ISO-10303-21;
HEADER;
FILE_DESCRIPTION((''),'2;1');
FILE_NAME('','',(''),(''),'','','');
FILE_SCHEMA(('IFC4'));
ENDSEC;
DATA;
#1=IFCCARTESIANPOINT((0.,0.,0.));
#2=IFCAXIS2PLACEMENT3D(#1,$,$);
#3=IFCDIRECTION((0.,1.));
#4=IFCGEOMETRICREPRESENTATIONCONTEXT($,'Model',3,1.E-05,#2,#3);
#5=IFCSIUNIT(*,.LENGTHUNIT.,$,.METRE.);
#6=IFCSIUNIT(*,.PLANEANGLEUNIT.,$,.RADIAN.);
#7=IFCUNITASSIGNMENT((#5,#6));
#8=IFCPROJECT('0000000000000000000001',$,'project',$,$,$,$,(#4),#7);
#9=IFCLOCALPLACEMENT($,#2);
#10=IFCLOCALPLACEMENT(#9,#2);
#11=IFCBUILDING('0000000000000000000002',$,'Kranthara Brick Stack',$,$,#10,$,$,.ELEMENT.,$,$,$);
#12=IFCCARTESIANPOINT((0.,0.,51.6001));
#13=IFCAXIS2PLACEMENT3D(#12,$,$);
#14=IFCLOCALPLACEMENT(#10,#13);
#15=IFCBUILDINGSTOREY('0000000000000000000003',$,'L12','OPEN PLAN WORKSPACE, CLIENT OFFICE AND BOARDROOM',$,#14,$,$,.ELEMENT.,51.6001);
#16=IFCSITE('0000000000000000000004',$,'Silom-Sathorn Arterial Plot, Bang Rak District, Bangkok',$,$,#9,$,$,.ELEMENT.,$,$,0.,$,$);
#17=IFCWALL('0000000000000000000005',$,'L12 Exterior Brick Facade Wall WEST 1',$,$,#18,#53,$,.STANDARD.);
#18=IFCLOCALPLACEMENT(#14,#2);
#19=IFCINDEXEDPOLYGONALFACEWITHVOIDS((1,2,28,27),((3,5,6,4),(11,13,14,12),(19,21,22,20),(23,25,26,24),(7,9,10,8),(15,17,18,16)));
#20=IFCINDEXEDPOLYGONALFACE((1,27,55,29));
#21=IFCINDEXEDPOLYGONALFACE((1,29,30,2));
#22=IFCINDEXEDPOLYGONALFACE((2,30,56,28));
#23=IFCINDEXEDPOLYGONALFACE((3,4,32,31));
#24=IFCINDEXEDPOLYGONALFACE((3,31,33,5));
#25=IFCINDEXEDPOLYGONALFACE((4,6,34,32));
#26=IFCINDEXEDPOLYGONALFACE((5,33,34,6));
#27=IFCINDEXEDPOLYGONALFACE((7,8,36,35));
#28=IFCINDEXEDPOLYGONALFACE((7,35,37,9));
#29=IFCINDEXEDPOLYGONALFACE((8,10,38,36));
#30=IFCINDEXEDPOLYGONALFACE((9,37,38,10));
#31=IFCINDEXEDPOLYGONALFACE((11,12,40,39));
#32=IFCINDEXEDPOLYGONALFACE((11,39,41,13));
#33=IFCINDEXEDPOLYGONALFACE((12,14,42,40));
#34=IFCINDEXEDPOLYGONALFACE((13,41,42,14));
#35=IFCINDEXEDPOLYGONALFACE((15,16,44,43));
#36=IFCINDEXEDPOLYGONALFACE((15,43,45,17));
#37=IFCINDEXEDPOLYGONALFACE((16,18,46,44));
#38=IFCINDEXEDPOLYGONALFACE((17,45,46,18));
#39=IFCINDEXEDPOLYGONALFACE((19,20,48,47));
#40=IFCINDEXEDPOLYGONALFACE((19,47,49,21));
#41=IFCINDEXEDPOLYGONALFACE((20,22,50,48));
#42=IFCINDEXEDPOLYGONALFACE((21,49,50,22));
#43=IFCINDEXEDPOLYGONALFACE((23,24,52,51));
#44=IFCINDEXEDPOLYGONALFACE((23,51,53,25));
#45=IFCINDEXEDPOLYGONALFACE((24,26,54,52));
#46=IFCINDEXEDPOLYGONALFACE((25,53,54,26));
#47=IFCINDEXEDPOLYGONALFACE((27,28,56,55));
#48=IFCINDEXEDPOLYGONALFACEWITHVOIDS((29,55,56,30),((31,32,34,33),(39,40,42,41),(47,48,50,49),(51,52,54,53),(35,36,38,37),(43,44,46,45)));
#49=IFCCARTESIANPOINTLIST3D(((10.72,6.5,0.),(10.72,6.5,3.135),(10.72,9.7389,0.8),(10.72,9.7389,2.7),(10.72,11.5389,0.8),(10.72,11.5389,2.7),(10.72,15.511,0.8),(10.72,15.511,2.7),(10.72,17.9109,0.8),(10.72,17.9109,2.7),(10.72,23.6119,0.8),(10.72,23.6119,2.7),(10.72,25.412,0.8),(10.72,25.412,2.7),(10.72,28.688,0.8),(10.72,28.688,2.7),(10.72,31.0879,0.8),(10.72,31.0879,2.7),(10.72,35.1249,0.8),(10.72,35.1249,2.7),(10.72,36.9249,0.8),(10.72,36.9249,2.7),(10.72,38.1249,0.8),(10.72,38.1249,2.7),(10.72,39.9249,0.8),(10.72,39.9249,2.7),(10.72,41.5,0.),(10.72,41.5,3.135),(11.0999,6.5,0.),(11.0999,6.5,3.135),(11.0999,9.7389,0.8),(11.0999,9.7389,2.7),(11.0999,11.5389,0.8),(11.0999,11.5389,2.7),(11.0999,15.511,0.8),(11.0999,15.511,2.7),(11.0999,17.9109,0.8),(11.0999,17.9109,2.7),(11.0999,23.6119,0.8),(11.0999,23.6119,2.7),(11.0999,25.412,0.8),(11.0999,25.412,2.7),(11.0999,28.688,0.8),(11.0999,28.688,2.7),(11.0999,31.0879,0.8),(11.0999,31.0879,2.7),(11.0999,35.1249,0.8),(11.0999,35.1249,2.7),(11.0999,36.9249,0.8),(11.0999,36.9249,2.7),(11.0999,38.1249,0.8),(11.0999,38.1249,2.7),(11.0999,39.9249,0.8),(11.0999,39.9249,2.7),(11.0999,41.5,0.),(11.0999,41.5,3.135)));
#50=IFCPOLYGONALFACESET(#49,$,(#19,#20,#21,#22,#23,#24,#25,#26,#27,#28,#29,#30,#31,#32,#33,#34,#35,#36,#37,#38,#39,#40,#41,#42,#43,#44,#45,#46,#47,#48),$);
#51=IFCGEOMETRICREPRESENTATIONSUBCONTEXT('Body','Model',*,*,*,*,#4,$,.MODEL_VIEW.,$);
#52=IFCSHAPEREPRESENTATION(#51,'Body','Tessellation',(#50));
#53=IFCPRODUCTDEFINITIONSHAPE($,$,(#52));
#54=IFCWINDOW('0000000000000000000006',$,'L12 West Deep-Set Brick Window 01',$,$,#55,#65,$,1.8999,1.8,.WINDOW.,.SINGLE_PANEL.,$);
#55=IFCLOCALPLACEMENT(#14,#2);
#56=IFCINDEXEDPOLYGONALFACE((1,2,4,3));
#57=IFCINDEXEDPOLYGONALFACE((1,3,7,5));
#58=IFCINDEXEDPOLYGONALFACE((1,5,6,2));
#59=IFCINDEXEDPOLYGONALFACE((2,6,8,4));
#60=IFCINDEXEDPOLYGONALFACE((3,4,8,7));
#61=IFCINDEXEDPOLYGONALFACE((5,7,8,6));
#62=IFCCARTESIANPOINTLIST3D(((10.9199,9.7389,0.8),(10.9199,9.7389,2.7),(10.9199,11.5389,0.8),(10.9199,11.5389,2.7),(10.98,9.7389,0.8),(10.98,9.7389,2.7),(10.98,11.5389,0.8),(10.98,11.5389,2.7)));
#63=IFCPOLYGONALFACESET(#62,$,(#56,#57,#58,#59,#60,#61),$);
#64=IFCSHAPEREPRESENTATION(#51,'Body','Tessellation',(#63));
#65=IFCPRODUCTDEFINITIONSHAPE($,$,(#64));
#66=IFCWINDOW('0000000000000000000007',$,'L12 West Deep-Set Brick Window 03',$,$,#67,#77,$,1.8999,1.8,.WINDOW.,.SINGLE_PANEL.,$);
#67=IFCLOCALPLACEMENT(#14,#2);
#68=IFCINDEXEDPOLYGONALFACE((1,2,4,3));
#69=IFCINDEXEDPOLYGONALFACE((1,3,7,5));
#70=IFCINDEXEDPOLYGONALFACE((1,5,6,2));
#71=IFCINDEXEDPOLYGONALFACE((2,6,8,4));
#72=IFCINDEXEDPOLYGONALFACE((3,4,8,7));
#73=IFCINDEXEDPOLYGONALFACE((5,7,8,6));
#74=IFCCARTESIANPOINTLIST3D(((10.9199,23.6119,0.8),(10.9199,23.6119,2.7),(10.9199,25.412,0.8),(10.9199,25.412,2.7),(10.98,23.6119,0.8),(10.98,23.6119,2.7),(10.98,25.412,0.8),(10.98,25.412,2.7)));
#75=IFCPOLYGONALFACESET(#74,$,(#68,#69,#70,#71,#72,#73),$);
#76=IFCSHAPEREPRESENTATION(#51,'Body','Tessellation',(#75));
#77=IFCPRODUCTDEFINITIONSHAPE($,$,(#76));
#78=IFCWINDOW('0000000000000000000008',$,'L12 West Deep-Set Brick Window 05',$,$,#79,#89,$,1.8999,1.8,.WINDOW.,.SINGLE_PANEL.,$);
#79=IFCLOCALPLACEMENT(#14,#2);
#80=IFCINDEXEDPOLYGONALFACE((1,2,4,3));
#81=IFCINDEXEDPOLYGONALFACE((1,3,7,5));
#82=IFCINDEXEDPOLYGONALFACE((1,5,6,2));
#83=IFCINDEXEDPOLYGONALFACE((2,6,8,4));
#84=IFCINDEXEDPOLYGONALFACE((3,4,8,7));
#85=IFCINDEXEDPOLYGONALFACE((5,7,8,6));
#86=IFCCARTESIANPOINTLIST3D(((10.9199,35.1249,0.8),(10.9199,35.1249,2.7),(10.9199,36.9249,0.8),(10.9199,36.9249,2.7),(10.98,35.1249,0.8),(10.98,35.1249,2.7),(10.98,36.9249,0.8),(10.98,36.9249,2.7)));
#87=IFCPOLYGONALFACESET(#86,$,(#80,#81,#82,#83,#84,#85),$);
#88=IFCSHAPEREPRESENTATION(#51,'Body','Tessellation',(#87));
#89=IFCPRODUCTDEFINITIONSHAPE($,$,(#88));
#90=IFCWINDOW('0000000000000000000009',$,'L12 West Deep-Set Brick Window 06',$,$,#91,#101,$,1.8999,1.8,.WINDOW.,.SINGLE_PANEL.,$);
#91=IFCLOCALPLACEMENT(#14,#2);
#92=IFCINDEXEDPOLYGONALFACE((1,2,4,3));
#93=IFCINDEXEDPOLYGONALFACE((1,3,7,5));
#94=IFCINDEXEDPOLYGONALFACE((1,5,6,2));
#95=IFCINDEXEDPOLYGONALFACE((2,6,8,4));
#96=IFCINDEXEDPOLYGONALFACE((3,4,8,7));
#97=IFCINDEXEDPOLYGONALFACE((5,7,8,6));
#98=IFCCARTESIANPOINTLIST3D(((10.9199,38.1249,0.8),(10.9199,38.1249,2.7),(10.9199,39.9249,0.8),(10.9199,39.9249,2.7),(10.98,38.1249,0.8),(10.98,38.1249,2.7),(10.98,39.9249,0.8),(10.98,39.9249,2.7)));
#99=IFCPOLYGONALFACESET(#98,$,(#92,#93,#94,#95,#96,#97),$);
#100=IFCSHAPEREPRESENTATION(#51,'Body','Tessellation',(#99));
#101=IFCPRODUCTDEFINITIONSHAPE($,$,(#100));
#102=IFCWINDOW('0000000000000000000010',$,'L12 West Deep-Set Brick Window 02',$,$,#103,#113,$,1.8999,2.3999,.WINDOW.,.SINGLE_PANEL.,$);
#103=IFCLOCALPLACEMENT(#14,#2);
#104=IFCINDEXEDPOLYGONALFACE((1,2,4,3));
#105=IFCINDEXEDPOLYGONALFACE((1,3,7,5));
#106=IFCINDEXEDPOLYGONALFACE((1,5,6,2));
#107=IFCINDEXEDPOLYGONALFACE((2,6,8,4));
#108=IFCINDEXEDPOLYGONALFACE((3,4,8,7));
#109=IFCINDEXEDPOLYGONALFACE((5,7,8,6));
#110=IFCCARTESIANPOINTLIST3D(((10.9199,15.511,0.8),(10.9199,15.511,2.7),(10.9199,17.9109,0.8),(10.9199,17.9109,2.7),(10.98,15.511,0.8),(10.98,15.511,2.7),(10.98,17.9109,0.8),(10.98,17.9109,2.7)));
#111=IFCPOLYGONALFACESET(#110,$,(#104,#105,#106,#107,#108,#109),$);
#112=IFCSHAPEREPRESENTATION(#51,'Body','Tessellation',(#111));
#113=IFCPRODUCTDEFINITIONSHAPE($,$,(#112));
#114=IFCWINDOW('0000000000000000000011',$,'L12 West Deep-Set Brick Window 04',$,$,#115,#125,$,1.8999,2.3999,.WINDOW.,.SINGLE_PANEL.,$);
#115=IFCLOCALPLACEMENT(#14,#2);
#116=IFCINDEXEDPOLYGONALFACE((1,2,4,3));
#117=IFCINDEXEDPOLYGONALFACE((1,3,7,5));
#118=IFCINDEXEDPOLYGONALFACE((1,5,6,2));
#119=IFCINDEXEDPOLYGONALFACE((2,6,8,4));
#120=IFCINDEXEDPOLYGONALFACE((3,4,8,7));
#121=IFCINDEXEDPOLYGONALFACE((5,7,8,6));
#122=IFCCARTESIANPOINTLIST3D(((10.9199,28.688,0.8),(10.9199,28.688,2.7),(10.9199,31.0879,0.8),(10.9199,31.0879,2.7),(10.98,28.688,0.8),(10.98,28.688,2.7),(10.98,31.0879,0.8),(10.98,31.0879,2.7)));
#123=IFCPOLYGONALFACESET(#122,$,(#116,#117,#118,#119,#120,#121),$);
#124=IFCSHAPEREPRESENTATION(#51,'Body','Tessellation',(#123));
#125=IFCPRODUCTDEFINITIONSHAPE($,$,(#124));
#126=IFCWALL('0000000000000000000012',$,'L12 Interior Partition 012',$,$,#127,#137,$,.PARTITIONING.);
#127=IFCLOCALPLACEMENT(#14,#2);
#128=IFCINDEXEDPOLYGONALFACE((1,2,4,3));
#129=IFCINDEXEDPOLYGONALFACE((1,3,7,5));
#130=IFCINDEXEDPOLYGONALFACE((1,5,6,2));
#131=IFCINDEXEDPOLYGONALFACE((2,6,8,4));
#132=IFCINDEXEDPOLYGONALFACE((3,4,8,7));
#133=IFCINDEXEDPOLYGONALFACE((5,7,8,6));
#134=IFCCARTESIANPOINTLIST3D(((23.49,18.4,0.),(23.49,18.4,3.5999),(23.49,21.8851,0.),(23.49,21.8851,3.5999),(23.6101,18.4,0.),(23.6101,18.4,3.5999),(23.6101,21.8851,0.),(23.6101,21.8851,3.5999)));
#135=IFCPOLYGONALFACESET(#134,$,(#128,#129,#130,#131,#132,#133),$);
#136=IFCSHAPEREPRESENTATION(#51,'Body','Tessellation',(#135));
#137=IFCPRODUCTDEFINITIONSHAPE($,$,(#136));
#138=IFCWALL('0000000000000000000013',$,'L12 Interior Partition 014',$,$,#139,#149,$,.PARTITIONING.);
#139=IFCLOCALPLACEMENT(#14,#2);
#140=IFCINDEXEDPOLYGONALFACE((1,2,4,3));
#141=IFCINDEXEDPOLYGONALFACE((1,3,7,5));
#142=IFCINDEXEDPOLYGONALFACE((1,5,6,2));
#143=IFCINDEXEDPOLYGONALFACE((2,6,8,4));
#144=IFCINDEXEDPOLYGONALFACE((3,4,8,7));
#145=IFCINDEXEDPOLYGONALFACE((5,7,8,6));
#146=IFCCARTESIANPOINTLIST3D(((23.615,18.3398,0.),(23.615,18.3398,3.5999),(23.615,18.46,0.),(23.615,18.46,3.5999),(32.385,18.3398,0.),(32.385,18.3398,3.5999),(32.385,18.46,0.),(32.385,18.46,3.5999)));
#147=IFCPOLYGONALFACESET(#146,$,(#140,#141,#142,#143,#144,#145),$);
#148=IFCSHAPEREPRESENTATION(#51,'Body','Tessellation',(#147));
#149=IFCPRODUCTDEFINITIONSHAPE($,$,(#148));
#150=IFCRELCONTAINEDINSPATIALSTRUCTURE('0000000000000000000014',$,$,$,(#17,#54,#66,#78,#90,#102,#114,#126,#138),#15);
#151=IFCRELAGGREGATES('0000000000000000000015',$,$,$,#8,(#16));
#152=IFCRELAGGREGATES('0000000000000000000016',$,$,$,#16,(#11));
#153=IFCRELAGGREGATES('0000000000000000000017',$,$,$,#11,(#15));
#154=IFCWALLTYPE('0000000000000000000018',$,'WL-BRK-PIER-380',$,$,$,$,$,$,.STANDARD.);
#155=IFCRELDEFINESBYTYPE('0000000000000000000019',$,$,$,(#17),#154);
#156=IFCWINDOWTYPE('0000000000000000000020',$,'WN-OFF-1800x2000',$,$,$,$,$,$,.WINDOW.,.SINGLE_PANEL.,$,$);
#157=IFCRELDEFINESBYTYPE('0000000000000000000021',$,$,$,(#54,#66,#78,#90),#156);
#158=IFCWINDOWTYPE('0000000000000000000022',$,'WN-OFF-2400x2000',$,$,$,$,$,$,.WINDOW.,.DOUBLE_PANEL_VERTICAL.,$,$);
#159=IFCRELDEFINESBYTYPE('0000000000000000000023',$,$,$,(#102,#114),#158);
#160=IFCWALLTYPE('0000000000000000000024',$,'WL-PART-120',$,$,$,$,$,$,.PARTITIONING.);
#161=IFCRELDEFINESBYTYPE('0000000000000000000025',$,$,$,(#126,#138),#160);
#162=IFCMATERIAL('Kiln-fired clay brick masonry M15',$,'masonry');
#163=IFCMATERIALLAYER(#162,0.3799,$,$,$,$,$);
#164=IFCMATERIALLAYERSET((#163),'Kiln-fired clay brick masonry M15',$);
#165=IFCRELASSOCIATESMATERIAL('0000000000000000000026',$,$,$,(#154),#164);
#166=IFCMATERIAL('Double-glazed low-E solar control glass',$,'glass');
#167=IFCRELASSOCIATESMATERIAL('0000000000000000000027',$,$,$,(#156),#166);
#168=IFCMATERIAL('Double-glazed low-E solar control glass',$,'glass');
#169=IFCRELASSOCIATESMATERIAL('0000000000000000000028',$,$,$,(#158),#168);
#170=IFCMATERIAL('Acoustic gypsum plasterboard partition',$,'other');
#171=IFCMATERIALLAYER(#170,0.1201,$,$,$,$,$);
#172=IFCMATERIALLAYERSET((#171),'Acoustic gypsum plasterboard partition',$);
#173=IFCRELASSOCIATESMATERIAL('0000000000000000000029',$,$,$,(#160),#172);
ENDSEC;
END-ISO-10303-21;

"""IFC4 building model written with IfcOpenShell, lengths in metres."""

from ifc_helpers import new_model, si_unit, direction, frame, frame_2d, origin, place, context, subcontext, project, spatial, rectangle, extrude, material, layer, layer_set, type_object, element, fill, save


model = new_model("IFC4")

# Units and contexts
model_context = context("Model", 3, precision=1e-05, world=origin(), true_north=direction((0.0, 1.0)))
body_context = subcontext(model_context, "Body", "Model", "MODEL_VIEW")
ifc_project = project(units=[si_unit("LENGTHUNIT", "METRE"), si_unit("PLANEANGLEUNIT", "RADIAN")], contexts=[model_context])

# Site, building, storey
site_placement = place(None, origin())
site = spatial("IfcSite", under=ifc_project, at=site_placement, Name="Silom-Sathorn Arterial Plot, Bang Rak District, Bangkok", CompositionType="ELEMENT", RefElevation=0.0)
building_placement = place(site_placement, origin())
building = spatial("IfcBuilding", under=site, at=building_placement, Name="Kranthara Brick Stack", CompositionType="ELEMENT")
storey_placement = place(building_placement, frame((0.0, 0.0, 51.6001)))
storey = spatial("IfcBuildingStorey", under=building, at=storey_placement, Name="L12", Description="OPEN PLAN WORKSPACE, CLIENT OFFICE AND BOARDROOM", CompositionType="ELEMENT", Elevation=51.6001)

# Wall, openings, windows
ifc_material_1 = material(Name="Kiln-fired clay brick masonry M15", Category="masonry")
ifc_layer_1 = layer(ifc_material_1, 0.3799)
ifc_layer_set_1 = layer_set([ifc_layer_1], Name="Kiln-fired clay brick masonry M15")
wall_type_1 = type_object("IfcWallType", Name="WL-BRK-PIER-380", PredefinedType="STANDARD", material=ifc_layer_set_1)
wall_1_placement = place(storey_placement, frame((10.9099, 6.5, 0.0), z_axis=(0.0, 0.0, 1.0), x_axis=(0.0, 1.0, 0.0)))
wall_1 = element("IfcWall", 1, at=wall_1_placement, inside=storey, type_object=wall_type_1, Name="L12 Exterior Brick Facade Wall WEST 1", PredefinedType="STANDARD", context=body_context, shape_type="SweptSolid", body=[
    extrude(rectangle(XDim=35.0, YDim=0.3799, at=frame_2d((17.5, 0.0))), origin(), (0.0, 0.0, 1.0), 3.135),
])
opening_1_placement = place(wall_1_placement, frame((3.239, 0.0, 0.8)))
opening_1 = element("IfcOpeningElement", 2, at=opening_1_placement, cuts=wall_1, PredefinedType="OPENING", context=body_context, shape_type="SweptSolid", body=[
    extrude(rectangle(XDim=1.8, YDim=1.8999, at=frame_2d((0.8999, 0.95))), frame((0.0, 0.2, 0.0), z_axis=(0.0, -1.0, 0.0), x_axis=(1.0, 0.0, 0.0)), (0.0, 0.0, 1.0), 0.3999),
])
opening_2_placement = place(wall_1_placement, frame((9.011, 0.0, 0.8)))
opening_2 = element("IfcOpeningElement", 3, at=opening_2_placement, cuts=wall_1, PredefinedType="OPENING", context=body_context, shape_type="SweptSolid", body=[
    extrude(rectangle(XDim=2.3999, YDim=1.8999, at=frame_2d((1.2, 0.95))), frame((0.0, 0.2, 0.0), z_axis=(0.0, -1.0, 0.0), x_axis=(1.0, 0.0, 0.0)), (0.0, 0.0, 1.0), 0.3999),
])
opening_3_placement = place(wall_1_placement, frame((17.1121, 0.0, 0.8)))
opening_3 = element("IfcOpeningElement", 4, at=opening_3_placement, cuts=wall_1, PredefinedType="OPENING", context=body_context, shape_type="SweptSolid", body=[
    extrude(rectangle(XDim=1.8, YDim=1.8999, at=frame_2d((0.8999, 0.95))), frame((0.0, 0.2, 0.0), z_axis=(0.0, -1.0, 0.0), x_axis=(1.0, 0.0, 0.0)), (0.0, 0.0, 1.0), 0.3999),
])
opening_4_placement = place(wall_1_placement, frame((22.188, 0.0, 0.8)))
opening_4 = element("IfcOpeningElement", 5, at=opening_4_placement, cuts=wall_1, PredefinedType="OPENING", context=body_context, shape_type="SweptSolid", body=[
    extrude(rectangle(XDim=2.3999, YDim=1.8999, at=frame_2d((1.2, 0.95))), frame((0.0, 0.2, 0.0), z_axis=(0.0, -1.0, 0.0), x_axis=(1.0, 0.0, 0.0)), (0.0, 0.0, 1.0), 0.3999),
])
opening_5_placement = place(wall_1_placement, frame((28.625, 0.0, 0.8)))
opening_5 = element("IfcOpeningElement", 6, at=opening_5_placement, cuts=wall_1, PredefinedType="OPENING", context=body_context, shape_type="SweptSolid", body=[
    extrude(rectangle(XDim=1.8, YDim=1.8999, at=frame_2d((0.8999, 0.95))), frame((0.0, 0.2, 0.0), z_axis=(0.0, -1.0, 0.0), x_axis=(1.0, 0.0, 0.0)), (0.0, 0.0, 1.0), 0.3999),
])
opening_6_placement = place(wall_1_placement, frame((31.625, 0.0, 0.8)))
opening_6 = element("IfcOpeningElement", 7, at=opening_6_placement, cuts=wall_1, PredefinedType="OPENING", context=body_context, shape_type="SweptSolid", body=[
    extrude(rectangle(XDim=1.8, YDim=1.8999, at=frame_2d((0.8999, 0.95))), frame((0.0, 0.2, 0.0), z_axis=(0.0, -1.0, 0.0), x_axis=(1.0, 0.0, 0.0)), (0.0, 0.0, 1.0), 0.3999),
])
ifc_material_2 = material(Name="Double-glazed low-E solar control glass", Category="glass")
window_type_1 = type_object("IfcWindowType", Name="WN-OFF-1800x2000", PartitioningType="SINGLE_PANEL", PredefinedType="WINDOW", material=ifc_material_2)
window_1_placement = place(opening_1_placement, origin())
window_1 = element("IfcWindow", 8, at=window_1_placement, inside=storey, type_object=window_type_1, Name="L12 West Deep-Set Brick Window 01", OverallHeight=1.8999, OverallWidth=1.8, PartitioningType="SINGLE_PANEL", PredefinedType="WINDOW", context=body_context, shape_type="SweptSolid", body=[
    extrude(rectangle(XDim=1.8, YDim=1.8999, at=frame_2d((0.8999, 0.95))), frame((0.0, -0.01, 0.0), z_axis=(0.0, -1.0, 0.0), x_axis=(1.0, 0.0, 0.0)), (0.0, 0.0, 1.0), 0.0601),
])
fill(opening_1, window_1)
window_2_placement = place(opening_3_placement, origin())
window_2 = element("IfcWindow", 9, at=window_2_placement, inside=storey, type_object=window_type_1, Name="L12 West Deep-Set Brick Window 03", OverallHeight=1.8999, OverallWidth=1.8, PartitioningType="SINGLE_PANEL", PredefinedType="WINDOW", context=body_context, shape_type="SweptSolid", body=[
    extrude(rectangle(XDim=1.8, YDim=1.8999, at=frame_2d((0.8999, 0.95))), frame((0.0, -0.01, 0.0), z_axis=(0.0, -1.0, 0.0), x_axis=(1.0, 0.0, 0.0)), (0.0, 0.0, 1.0), 0.0601),
])
fill(opening_3, window_2)
window_3_placement = place(opening_5_placement, origin())
window_3 = element("IfcWindow", 10, at=window_3_placement, inside=storey, type_object=window_type_1, Name="L12 West Deep-Set Brick Window 05", OverallHeight=1.8999, OverallWidth=1.8, PartitioningType="SINGLE_PANEL", PredefinedType="WINDOW", context=body_context, shape_type="SweptSolid", body=[
    extrude(rectangle(XDim=1.8, YDim=1.8999, at=frame_2d((0.8999, 0.95))), frame((0.0, -0.01, 0.0), z_axis=(0.0, -1.0, 0.0), x_axis=(1.0, 0.0, 0.0)), (0.0, 0.0, 1.0), 0.0601),
])
fill(opening_5, window_3)
window_4_placement = place(opening_6_placement, origin())
window_4 = element("IfcWindow", 11, at=window_4_placement, inside=storey, type_object=window_type_1, Name="L12 West Deep-Set Brick Window 06", OverallHeight=1.8999, OverallWidth=1.8, PartitioningType="SINGLE_PANEL", PredefinedType="WINDOW", context=body_context, shape_type="SweptSolid", body=[
    extrude(rectangle(XDim=1.8, YDim=1.8999, at=frame_2d((0.8999, 0.95))), frame((0.0, -0.01, 0.0), z_axis=(0.0, -1.0, 0.0), x_axis=(1.0, 0.0, 0.0)), (0.0, 0.0, 1.0), 0.0601),
])
fill(opening_6, window_4)
ifc_material_3 = material(Name="Double-glazed low-E solar control glass", Category="glass")
window_type_2 = type_object("IfcWindowType", Name="WN-OFF-2400x2000", PartitioningType="DOUBLE_PANEL_VERTICAL", PredefinedType="WINDOW", material=ifc_material_3)
window_5_placement = place(opening_2_placement, origin())
window_5 = element("IfcWindow", 12, at=window_5_placement, inside=storey, type_object=window_type_2, Name="L12 West Deep-Set Brick Window 02", OverallHeight=1.8999, OverallWidth=2.3999, PartitioningType="SINGLE_PANEL", PredefinedType="WINDOW", context=body_context, shape_type="SweptSolid", body=[
    extrude(rectangle(XDim=2.3999, YDim=1.8999, at=frame_2d((1.2, 0.95))), frame((0.0, -0.01, 0.0), z_axis=(0.0, -1.0, 0.0), x_axis=(1.0, 0.0, 0.0)), (0.0, 0.0, 1.0), 0.0601),
])
fill(opening_2, window_5)
window_6_placement = place(opening_4_placement, origin())
window_6 = element("IfcWindow", 13, at=window_6_placement, inside=storey, type_object=window_type_2, Name="L12 West Deep-Set Brick Window 04", OverallHeight=1.8999, OverallWidth=2.3999, PartitioningType="SINGLE_PANEL", PredefinedType="WINDOW", context=body_context, shape_type="SweptSolid", body=[
    extrude(rectangle(XDim=2.3999, YDim=1.8999, at=frame_2d((1.2, 0.95))), frame((0.0, -0.01, 0.0), z_axis=(0.0, -1.0, 0.0), x_axis=(1.0, 0.0, 0.0)), (0.0, 0.0, 1.0), 0.0601),
])
fill(opening_4, window_6)

# Walls
ifc_material_4 = material(Name="Acoustic gypsum plasterboard partition", Category="other")
ifc_layer_2 = layer(ifc_material_4, 0.1201)
ifc_layer_set_2 = layer_set([ifc_layer_2], Name="Acoustic gypsum plasterboard partition")
wall_type_2 = type_object("IfcWallType", Name="WL-PART-120", PredefinedType="PARTITIONING", material=ifc_layer_set_2)
wall_2_placement = place(storey_placement, frame((23.55, 18.3999, 0.0), z_axis=(0.0, 0.0, 1.0), x_axis=(0.0, 1.0, 0.0)))
element("IfcWall", 14, at=wall_2_placement, inside=storey, type_object=wall_type_2, Name="L12 Interior Partition 012", PredefinedType="PARTITIONING", context=body_context, shape_type="SweptSolid", body=[
    extrude(rectangle(XDim=3.4851, YDim=0.1201, at=frame_2d((1.7427, 0.0))), origin(), (0.0, 0.0, 1.0), 3.5999),
])
wall_3_placement = place(storey_placement, frame((23.615, 18.3999, 0.0), z_axis=(0.0, 0.0, 1.0), x_axis=(1.0, 0.0, 0.0)))
element("IfcWall", 15, at=wall_3_placement, inside=storey, type_object=wall_type_2, Name="L12 Interior Partition 014", PredefinedType="PARTITIONING", context=body_context, shape_type="SweptSolid", body=[
    extrude(rectangle(XDim=8.77, YDim=0.1201, at=frame_2d((4.385, 0.0))), origin(), (0.0, 0.0, 1.0), 3.5999),
])

save(model, "model.ifc")
